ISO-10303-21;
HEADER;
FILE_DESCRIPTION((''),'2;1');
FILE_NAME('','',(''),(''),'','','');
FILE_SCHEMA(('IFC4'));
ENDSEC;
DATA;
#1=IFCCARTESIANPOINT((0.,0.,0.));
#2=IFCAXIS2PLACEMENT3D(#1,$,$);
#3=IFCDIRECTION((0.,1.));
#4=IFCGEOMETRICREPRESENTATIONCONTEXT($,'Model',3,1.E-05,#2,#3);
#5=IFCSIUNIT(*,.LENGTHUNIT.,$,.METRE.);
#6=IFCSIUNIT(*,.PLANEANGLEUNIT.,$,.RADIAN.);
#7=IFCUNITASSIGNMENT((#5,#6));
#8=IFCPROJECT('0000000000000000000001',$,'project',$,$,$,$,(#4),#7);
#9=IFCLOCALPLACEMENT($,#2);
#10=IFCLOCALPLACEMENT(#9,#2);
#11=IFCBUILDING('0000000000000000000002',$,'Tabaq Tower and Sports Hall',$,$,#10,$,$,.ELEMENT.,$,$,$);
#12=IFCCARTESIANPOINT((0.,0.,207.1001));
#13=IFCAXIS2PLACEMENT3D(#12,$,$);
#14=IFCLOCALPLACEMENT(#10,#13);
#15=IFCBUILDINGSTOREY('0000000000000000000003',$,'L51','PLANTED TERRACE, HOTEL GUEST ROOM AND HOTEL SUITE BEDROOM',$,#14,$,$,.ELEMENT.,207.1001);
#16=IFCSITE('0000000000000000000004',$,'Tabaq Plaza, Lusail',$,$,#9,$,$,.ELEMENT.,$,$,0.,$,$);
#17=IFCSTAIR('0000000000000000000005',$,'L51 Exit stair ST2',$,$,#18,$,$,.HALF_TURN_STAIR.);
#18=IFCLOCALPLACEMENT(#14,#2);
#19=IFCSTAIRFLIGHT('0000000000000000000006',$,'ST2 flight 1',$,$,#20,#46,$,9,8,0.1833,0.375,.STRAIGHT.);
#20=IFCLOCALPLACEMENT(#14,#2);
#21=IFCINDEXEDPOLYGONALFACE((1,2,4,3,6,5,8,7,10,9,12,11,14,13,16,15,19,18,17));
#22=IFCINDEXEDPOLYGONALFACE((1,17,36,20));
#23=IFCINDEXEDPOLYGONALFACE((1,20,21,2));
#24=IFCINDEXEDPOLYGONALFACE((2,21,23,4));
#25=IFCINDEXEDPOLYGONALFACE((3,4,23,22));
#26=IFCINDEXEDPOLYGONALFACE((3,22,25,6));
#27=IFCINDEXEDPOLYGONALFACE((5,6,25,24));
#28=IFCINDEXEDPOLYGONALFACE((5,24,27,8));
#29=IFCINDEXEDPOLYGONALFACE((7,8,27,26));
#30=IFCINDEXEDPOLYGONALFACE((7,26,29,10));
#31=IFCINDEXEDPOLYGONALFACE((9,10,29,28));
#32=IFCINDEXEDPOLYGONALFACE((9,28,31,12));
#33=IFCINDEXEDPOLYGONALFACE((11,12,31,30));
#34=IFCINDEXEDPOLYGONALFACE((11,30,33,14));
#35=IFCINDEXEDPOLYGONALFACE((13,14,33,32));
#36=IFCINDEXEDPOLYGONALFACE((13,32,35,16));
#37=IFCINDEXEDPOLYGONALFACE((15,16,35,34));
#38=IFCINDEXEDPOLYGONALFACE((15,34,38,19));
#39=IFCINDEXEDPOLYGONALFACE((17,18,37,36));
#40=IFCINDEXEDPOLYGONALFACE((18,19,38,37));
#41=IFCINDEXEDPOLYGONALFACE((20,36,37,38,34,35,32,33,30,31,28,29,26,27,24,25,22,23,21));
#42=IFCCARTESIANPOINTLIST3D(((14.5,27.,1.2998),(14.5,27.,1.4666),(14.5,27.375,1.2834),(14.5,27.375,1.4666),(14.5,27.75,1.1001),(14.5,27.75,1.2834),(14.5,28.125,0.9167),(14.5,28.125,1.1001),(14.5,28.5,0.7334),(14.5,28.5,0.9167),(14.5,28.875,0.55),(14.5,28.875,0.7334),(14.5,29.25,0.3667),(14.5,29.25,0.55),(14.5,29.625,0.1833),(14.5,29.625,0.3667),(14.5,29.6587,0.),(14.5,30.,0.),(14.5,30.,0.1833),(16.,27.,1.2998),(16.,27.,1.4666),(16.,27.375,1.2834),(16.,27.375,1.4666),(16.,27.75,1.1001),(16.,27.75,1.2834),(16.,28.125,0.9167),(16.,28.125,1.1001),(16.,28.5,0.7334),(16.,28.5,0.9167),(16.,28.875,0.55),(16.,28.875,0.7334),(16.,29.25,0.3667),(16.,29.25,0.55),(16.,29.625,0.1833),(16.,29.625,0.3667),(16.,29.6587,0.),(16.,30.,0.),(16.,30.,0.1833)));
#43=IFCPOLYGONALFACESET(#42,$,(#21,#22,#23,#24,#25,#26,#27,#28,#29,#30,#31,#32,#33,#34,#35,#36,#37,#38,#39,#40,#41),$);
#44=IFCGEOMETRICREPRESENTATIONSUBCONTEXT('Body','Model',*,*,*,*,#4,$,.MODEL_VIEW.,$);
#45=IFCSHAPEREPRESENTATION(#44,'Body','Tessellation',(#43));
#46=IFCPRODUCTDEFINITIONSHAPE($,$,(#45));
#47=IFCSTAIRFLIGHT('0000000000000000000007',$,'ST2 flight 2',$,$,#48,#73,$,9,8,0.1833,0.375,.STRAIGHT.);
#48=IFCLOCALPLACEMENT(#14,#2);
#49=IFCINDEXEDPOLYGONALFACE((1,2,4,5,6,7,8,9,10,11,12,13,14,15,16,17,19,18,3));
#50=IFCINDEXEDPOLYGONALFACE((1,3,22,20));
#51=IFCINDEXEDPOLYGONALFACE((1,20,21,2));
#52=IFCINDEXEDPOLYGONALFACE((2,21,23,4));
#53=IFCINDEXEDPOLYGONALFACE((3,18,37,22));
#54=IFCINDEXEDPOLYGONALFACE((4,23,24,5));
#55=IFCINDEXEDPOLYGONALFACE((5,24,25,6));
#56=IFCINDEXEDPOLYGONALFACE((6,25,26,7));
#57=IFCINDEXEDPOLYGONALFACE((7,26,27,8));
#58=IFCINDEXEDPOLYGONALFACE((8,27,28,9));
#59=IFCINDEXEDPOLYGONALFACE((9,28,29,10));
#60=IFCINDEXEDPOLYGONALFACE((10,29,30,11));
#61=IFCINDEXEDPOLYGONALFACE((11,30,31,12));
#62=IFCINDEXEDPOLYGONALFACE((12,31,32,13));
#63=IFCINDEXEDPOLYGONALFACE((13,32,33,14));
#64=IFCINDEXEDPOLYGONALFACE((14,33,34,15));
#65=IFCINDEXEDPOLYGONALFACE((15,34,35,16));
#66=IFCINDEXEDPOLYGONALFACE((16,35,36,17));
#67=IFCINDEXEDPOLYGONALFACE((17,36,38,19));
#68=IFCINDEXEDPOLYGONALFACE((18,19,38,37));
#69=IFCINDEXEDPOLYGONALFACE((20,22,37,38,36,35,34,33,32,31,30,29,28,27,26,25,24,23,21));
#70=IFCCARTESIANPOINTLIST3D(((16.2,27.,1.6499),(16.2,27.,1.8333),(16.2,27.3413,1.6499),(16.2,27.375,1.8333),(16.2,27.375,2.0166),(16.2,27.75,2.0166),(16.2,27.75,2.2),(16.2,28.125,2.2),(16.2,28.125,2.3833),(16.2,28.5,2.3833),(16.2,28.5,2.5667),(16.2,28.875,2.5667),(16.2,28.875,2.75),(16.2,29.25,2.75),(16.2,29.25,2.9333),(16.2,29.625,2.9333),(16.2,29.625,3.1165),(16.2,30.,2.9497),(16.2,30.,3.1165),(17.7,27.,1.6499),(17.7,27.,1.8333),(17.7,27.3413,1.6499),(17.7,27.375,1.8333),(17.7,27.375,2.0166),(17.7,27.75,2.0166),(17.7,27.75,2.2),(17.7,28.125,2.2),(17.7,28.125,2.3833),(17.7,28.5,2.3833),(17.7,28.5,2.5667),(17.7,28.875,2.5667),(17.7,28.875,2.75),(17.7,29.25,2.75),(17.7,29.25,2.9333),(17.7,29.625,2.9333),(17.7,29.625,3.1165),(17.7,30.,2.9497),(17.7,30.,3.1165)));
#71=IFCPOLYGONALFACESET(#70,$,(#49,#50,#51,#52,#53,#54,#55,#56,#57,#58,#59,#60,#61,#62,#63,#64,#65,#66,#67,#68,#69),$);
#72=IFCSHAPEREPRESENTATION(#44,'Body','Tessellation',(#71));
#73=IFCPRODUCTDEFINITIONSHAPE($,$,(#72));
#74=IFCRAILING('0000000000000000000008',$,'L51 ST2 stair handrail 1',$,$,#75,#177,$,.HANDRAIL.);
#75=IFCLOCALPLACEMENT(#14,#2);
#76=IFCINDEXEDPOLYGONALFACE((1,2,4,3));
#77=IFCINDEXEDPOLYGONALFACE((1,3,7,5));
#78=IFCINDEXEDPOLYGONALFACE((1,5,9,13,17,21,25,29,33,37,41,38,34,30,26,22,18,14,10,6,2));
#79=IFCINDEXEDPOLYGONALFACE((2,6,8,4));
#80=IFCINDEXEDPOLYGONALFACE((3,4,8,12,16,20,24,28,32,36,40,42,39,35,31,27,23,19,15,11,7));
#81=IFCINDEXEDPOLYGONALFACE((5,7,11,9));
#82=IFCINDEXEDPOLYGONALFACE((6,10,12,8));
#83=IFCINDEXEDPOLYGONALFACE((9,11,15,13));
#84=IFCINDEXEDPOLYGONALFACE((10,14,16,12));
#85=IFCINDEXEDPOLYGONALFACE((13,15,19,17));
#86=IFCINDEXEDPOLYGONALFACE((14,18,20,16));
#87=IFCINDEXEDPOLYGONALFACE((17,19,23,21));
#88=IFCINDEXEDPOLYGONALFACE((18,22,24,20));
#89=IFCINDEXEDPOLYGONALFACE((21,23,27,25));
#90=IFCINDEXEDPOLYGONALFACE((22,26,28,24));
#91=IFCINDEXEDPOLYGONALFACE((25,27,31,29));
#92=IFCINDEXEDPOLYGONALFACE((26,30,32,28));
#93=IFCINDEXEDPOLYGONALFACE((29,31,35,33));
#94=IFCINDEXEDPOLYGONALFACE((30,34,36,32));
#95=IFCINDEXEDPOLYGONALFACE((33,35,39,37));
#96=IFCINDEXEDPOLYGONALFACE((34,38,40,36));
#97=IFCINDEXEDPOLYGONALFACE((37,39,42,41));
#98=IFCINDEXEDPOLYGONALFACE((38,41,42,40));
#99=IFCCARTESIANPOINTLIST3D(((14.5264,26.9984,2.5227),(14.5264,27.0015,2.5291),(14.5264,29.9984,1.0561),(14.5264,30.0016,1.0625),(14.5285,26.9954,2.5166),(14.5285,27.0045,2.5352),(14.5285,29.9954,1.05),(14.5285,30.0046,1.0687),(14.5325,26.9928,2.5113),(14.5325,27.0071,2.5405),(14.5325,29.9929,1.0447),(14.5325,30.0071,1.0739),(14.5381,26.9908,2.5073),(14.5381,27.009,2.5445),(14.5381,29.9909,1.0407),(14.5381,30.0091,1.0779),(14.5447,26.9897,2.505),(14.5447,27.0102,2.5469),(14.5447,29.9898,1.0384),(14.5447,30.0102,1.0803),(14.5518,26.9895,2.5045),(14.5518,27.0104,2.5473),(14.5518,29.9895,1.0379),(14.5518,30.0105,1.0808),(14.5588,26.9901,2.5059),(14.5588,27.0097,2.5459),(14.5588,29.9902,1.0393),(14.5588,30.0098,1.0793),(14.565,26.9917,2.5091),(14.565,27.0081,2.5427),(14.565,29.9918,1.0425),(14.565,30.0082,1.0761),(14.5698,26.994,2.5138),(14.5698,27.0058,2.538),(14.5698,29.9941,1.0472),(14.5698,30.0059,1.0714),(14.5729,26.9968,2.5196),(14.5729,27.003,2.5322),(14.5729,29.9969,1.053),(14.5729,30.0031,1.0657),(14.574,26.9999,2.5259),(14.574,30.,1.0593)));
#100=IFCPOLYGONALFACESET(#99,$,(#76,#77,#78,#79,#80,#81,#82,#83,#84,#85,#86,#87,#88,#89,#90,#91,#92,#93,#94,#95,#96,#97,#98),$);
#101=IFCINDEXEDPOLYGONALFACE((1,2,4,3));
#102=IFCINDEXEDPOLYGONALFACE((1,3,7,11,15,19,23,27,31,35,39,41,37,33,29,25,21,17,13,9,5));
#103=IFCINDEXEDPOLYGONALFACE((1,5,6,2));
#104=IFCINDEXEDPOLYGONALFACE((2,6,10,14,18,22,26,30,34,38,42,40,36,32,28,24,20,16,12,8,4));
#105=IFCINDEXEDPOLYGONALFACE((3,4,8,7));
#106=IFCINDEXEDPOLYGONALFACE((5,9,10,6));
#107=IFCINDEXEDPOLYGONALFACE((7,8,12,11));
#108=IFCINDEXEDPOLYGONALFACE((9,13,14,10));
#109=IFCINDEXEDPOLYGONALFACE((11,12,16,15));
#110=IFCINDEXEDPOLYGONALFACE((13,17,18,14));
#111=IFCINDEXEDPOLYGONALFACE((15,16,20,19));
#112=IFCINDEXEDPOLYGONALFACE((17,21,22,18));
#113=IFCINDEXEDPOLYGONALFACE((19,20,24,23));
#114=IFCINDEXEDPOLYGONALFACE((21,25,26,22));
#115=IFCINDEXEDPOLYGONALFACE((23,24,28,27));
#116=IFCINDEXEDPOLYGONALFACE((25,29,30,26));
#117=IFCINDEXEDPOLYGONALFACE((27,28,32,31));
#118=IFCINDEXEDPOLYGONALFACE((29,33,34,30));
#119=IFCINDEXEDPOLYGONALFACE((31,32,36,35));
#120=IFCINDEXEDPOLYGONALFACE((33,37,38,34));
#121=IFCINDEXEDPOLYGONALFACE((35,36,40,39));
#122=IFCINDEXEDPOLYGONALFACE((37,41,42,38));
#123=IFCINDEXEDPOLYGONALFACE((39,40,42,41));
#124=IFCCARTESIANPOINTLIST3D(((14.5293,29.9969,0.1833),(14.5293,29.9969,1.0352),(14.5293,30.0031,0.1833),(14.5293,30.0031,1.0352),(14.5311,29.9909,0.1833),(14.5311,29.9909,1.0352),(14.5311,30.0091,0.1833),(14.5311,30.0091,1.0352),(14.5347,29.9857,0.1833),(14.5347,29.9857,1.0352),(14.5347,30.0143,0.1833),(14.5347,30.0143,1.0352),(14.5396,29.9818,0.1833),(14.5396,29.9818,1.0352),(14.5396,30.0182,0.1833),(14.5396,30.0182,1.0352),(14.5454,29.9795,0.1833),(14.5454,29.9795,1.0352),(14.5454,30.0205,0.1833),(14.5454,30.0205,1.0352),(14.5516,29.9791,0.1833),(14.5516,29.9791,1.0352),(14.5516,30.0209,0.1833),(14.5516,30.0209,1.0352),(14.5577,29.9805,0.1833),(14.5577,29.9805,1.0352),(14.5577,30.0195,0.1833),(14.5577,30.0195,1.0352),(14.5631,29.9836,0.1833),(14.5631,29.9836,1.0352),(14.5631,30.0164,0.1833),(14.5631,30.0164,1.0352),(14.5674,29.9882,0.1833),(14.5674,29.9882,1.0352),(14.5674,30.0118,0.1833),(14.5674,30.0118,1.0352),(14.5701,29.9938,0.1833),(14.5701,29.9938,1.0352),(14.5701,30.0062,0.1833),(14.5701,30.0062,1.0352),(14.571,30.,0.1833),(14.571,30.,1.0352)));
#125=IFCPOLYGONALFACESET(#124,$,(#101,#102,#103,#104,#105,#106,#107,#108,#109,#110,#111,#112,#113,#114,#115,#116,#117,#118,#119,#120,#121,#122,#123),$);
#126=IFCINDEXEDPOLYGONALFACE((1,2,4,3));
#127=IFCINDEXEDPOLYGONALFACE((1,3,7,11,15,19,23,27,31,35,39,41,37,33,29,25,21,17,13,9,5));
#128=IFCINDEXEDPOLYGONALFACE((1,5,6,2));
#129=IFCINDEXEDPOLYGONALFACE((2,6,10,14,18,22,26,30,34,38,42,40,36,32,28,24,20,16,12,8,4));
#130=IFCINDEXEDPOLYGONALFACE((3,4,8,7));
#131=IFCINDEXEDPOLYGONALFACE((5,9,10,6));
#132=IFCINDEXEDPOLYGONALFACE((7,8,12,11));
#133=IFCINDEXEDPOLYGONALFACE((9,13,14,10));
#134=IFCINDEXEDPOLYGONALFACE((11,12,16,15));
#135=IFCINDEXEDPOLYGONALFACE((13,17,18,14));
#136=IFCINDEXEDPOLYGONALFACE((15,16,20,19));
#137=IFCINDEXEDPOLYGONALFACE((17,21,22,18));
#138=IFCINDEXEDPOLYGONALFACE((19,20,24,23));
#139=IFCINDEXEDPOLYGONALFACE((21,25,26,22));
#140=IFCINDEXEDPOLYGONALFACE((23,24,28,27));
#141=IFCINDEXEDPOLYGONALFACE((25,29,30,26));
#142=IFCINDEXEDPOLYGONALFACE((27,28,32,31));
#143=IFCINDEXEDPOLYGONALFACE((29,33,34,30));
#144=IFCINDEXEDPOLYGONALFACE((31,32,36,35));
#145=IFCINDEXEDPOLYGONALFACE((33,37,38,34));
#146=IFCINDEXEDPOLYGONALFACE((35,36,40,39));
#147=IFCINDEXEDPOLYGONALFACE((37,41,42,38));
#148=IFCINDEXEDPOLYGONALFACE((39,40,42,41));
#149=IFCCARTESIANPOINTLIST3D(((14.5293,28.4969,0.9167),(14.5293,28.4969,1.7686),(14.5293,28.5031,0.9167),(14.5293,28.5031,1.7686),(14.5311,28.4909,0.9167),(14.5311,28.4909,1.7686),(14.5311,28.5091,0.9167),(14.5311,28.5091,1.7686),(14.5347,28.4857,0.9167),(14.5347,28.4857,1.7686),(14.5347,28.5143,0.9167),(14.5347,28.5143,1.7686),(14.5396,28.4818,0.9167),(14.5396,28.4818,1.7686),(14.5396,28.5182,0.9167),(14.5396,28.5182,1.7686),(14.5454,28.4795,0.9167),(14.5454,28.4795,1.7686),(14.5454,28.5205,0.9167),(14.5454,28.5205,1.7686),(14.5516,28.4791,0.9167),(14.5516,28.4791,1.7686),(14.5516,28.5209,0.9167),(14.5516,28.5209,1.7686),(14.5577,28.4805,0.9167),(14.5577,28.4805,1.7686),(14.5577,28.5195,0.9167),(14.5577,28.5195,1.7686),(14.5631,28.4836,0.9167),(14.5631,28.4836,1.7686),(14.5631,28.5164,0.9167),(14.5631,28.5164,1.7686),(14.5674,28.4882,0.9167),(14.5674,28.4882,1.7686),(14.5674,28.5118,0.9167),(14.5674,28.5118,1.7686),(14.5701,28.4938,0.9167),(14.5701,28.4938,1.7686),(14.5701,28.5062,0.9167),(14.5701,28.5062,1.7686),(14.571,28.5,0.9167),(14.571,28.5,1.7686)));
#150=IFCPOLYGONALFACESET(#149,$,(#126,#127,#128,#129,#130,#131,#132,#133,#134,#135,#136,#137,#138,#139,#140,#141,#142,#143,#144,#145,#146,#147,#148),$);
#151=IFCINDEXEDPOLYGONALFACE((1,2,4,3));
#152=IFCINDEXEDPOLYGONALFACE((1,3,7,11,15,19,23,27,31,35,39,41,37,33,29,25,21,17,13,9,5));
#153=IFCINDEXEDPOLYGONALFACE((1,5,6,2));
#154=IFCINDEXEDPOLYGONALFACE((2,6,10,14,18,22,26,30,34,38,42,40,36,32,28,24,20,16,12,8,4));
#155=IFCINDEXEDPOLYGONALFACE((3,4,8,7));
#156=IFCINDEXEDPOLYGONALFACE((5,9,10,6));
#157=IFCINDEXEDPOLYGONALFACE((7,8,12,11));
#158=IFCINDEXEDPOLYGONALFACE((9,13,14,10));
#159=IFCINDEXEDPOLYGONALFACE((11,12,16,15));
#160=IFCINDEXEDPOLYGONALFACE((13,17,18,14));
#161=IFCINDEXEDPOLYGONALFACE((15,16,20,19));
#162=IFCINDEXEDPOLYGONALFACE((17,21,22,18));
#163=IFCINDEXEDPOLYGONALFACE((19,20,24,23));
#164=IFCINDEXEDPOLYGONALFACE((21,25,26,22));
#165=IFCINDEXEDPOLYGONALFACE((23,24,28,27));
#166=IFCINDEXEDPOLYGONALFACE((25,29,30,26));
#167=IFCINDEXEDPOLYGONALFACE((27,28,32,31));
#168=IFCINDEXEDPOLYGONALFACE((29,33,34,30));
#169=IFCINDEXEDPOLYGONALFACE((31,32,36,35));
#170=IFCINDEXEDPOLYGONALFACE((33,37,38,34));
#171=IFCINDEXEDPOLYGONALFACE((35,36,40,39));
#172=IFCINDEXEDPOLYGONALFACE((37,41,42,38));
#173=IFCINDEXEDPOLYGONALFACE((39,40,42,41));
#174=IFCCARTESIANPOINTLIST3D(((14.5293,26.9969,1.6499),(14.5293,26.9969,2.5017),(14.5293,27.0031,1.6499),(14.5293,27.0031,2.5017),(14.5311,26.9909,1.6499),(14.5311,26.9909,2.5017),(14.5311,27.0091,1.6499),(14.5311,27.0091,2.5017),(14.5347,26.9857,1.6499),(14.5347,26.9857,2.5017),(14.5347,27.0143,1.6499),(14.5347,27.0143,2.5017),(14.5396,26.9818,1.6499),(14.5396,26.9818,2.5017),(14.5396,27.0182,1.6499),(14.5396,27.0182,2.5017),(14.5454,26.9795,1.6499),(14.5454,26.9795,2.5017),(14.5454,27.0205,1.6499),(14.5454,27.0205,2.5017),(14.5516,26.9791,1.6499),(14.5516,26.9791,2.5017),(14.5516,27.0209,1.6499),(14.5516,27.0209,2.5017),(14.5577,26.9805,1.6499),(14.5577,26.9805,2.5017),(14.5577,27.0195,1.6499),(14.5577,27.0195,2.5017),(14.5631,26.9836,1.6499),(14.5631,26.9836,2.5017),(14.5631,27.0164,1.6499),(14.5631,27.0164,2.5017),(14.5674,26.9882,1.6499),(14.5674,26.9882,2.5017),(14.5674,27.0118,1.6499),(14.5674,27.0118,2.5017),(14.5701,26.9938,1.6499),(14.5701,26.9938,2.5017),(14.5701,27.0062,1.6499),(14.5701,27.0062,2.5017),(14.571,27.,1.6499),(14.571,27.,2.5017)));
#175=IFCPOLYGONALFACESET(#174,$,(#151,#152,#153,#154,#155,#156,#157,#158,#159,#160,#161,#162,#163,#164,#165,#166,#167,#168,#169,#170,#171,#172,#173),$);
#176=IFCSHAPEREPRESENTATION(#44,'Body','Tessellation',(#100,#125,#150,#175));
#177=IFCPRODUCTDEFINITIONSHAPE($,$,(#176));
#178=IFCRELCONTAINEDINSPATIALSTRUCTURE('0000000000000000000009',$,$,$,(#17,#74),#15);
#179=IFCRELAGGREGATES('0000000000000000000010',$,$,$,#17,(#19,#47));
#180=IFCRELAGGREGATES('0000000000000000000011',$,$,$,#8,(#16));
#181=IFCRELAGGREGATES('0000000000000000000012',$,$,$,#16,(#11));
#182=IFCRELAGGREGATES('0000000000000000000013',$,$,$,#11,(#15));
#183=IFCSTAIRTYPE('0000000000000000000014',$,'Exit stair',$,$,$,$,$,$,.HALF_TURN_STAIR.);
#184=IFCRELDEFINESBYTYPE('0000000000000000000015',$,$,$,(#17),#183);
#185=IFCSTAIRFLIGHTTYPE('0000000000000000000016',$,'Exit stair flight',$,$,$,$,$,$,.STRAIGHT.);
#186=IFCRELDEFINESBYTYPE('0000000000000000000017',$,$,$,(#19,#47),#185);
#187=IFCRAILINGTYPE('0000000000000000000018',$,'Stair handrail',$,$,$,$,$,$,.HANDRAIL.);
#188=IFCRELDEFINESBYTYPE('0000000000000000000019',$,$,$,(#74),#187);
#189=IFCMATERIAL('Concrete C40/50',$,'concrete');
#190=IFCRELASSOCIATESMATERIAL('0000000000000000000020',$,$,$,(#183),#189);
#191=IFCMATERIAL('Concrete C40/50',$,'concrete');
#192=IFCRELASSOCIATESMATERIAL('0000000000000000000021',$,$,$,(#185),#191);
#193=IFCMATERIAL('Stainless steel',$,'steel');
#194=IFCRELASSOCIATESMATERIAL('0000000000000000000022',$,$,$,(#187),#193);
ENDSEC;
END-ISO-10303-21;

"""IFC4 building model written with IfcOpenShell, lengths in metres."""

from ifc_helpers import new_model, si_unit, direction, frame, origin, origin_2d, place, context, subcontext, project, spatial, polyline, circle, outline, extrude, material, type_object, element, aggregate, save


model = new_model("IFC4")

# Units and contexts
model_context = context("Model", 3, precision=1e-05, world=origin(), true_north=direction((0.0, 1.0)))
body_context = subcontext(model_context, "Body", "Model", "MODEL_VIEW")
ifc_project = project(units=[si_unit("LENGTHUNIT", "METRE"), si_unit("PLANEANGLEUNIT", "RADIAN")], contexts=[model_context])

# Site, building, storey
site_placement = place(None, origin())
site = spatial("IfcSite", under=ifc_project, at=site_placement, Name="Tabaq Plaza, Lusail", CompositionType="ELEMENT", RefElevation=0.0)
building_placement = place(site_placement, origin())
building = spatial("IfcBuilding", under=site, at=building_placement, Name="Tabaq Tower and Sports Hall", CompositionType="ELEMENT")
storey_placement = place(building_placement, frame((0.0, 0.0, 207.1001)))
storey = spatial("IfcBuildingStorey", under=building, at=storey_placement, Name="L51", Description="PLANTED TERRACE, HOTEL GUEST ROOM AND HOTEL SUITE BEDROOM", CompositionType="ELEMENT", Elevation=207.1001)

# Stair, stair flights
ifc_material_1 = material(Name="Concrete C40/50", Category="concrete")
stair_type = type_object("IfcStairType", Name="Exit stair", PredefinedType="HALF_TURN_STAIR", material=ifc_material_1)
stair_placement = place(storey_placement, origin())
stair = element("IfcStair", 1, at=stair_placement, inside=storey, type_object=stair_type, Name="L51 Exit stair ST2", PredefinedType="HALF_TURN_STAIR")
ifc_material_2 = material(Name="Concrete C40/50", Category="concrete")
stair_flight_type = type_object("IfcStairFlightType", Name="Exit stair flight", PredefinedType="STRAIGHT", material=ifc_material_2)
stair_flight_1_placement = place(storey_placement, frame((15.25, 30.0, 0.0), z_axis=(0.0, 0.0, 1.0), x_axis=(0.0, -1.0, 0.0)))
stair_flight_1 = element("IfcStairFlight", 2, at=stair_flight_1_placement, type_object=stair_flight_type, Name="ST2 flight 1", NumberOfRisers=9, NumberOfTreads=8, PredefinedType="STRAIGHT", RiserHeight=0.1833, TreadLength=0.375, context=body_context, shape_type="SweptSolid", body=[
    extrude(outline(polyline([(0.0, 0.0), (0.0, 0.1833), (0.375, 0.1833), (0.375, 0.3667), (0.75, 0.3667), (0.75, 0.55), (1.125, 0.55), (1.125, 0.7334), (1.5, 0.7334), (1.5, 0.9167), (1.875, 0.9167), (1.875, 1.1001), (2.25, 1.1001), (2.25, 1.2834), (2.625, 1.2834), (2.625, 1.4666), (3.0, 1.4666), (3.0, 1.6499), (3.0, 1.2998), (0.3413, 0.0), (0.0, 0.0)])), frame((0.0, 0.75, 0.0), z_axis=(0.0, -1.0, 0.0), x_axis=(1.0, 0.0, 0.0)), (0.0, 0.0, 1.0), 1.5),
])
stair_flight_2_placement = place(storey_placement, frame((16.95, 27.0, 1.6499), z_axis=(0.0, 0.0, 1.0), x_axis=(0.0, 1.0, 0.0)))
stair_flight_2 = element("IfcStairFlight", 3, at=stair_flight_2_placement, type_object=stair_flight_type, Name="ST2 flight 2", NumberOfRisers=9, NumberOfTreads=8, PredefinedType="STRAIGHT", RiserHeight=0.1833, TreadLength=0.375, context=body_context, shape_type="SweptSolid", body=[
    extrude(outline(polyline([(0.0, 0.0), (0.0, 0.1833), (0.375, 0.1833), (0.375, 0.3667), (0.75, 0.3667), (0.75, 0.55), (1.125, 0.55), (1.125, 0.7334), (1.5, 0.7334), (1.5, 0.9167), (1.875, 0.9167), (1.875, 1.1001), (2.25, 1.1001), (2.25, 1.2834), (2.625, 1.2834), (2.625, 1.4666), (3.0, 1.4666), (3.0, 1.6499), (3.0, 1.2998), (0.3413, 0.0), (0.0, 0.0)])), frame((0.0, 0.75, 0.0), z_axis=(0.0, -1.0, 0.0), x_axis=(1.0, 0.0, 0.0)), (0.0, 0.0, 1.0), 1.5),
])
aggregate(stair, [stair_flight_1, stair_flight_2])

# Railing
ifc_material_3 = material(Name="Stainless steel", Category="steel")
railing_type_1 = type_object("IfcRailingType", Name="Stair handrail", PredefinedType="HANDRAIL", material=ifc_material_3)
railing_1_placement = place(storey_placement, frame((14.55, 30.0, 0.1833)))
element("IfcRailing", 4, at=railing_1_placement, inside=storey, type_object=railing_type_1, Name="L51 ST2 stair handrail 1", PredefinedType="HANDRAIL", context=body_context, shape_type="SweptSolid", body=[
    extrude(circle(Radius=0.0239, at=origin_2d()), frame((0.0, 0.0, 0.876), z_axis=(0.0, -0.898398, 0.439183), x_axis=(1.0, 0.0, 0.0)), (0.0, 0.0, 1.0), 3.3394),
    extrude(circle(Radius=0.021, at=origin_2d()), origin(), (0.0, 0.0, 1.0), 0.8518),
    extrude(circle(Radius=0.021, at=origin_2d()), frame((0.0, -1.5, 0.7334)), (0.0, 0.0, 1.0), 0.8518),
    extrude(circle(Radius=0.021, at=origin_2d()), frame((0.0, -3.0, 1.4666)), (0.0, 0.0, 1.0), 0.8518),
])

save(model, "model.ifc")
